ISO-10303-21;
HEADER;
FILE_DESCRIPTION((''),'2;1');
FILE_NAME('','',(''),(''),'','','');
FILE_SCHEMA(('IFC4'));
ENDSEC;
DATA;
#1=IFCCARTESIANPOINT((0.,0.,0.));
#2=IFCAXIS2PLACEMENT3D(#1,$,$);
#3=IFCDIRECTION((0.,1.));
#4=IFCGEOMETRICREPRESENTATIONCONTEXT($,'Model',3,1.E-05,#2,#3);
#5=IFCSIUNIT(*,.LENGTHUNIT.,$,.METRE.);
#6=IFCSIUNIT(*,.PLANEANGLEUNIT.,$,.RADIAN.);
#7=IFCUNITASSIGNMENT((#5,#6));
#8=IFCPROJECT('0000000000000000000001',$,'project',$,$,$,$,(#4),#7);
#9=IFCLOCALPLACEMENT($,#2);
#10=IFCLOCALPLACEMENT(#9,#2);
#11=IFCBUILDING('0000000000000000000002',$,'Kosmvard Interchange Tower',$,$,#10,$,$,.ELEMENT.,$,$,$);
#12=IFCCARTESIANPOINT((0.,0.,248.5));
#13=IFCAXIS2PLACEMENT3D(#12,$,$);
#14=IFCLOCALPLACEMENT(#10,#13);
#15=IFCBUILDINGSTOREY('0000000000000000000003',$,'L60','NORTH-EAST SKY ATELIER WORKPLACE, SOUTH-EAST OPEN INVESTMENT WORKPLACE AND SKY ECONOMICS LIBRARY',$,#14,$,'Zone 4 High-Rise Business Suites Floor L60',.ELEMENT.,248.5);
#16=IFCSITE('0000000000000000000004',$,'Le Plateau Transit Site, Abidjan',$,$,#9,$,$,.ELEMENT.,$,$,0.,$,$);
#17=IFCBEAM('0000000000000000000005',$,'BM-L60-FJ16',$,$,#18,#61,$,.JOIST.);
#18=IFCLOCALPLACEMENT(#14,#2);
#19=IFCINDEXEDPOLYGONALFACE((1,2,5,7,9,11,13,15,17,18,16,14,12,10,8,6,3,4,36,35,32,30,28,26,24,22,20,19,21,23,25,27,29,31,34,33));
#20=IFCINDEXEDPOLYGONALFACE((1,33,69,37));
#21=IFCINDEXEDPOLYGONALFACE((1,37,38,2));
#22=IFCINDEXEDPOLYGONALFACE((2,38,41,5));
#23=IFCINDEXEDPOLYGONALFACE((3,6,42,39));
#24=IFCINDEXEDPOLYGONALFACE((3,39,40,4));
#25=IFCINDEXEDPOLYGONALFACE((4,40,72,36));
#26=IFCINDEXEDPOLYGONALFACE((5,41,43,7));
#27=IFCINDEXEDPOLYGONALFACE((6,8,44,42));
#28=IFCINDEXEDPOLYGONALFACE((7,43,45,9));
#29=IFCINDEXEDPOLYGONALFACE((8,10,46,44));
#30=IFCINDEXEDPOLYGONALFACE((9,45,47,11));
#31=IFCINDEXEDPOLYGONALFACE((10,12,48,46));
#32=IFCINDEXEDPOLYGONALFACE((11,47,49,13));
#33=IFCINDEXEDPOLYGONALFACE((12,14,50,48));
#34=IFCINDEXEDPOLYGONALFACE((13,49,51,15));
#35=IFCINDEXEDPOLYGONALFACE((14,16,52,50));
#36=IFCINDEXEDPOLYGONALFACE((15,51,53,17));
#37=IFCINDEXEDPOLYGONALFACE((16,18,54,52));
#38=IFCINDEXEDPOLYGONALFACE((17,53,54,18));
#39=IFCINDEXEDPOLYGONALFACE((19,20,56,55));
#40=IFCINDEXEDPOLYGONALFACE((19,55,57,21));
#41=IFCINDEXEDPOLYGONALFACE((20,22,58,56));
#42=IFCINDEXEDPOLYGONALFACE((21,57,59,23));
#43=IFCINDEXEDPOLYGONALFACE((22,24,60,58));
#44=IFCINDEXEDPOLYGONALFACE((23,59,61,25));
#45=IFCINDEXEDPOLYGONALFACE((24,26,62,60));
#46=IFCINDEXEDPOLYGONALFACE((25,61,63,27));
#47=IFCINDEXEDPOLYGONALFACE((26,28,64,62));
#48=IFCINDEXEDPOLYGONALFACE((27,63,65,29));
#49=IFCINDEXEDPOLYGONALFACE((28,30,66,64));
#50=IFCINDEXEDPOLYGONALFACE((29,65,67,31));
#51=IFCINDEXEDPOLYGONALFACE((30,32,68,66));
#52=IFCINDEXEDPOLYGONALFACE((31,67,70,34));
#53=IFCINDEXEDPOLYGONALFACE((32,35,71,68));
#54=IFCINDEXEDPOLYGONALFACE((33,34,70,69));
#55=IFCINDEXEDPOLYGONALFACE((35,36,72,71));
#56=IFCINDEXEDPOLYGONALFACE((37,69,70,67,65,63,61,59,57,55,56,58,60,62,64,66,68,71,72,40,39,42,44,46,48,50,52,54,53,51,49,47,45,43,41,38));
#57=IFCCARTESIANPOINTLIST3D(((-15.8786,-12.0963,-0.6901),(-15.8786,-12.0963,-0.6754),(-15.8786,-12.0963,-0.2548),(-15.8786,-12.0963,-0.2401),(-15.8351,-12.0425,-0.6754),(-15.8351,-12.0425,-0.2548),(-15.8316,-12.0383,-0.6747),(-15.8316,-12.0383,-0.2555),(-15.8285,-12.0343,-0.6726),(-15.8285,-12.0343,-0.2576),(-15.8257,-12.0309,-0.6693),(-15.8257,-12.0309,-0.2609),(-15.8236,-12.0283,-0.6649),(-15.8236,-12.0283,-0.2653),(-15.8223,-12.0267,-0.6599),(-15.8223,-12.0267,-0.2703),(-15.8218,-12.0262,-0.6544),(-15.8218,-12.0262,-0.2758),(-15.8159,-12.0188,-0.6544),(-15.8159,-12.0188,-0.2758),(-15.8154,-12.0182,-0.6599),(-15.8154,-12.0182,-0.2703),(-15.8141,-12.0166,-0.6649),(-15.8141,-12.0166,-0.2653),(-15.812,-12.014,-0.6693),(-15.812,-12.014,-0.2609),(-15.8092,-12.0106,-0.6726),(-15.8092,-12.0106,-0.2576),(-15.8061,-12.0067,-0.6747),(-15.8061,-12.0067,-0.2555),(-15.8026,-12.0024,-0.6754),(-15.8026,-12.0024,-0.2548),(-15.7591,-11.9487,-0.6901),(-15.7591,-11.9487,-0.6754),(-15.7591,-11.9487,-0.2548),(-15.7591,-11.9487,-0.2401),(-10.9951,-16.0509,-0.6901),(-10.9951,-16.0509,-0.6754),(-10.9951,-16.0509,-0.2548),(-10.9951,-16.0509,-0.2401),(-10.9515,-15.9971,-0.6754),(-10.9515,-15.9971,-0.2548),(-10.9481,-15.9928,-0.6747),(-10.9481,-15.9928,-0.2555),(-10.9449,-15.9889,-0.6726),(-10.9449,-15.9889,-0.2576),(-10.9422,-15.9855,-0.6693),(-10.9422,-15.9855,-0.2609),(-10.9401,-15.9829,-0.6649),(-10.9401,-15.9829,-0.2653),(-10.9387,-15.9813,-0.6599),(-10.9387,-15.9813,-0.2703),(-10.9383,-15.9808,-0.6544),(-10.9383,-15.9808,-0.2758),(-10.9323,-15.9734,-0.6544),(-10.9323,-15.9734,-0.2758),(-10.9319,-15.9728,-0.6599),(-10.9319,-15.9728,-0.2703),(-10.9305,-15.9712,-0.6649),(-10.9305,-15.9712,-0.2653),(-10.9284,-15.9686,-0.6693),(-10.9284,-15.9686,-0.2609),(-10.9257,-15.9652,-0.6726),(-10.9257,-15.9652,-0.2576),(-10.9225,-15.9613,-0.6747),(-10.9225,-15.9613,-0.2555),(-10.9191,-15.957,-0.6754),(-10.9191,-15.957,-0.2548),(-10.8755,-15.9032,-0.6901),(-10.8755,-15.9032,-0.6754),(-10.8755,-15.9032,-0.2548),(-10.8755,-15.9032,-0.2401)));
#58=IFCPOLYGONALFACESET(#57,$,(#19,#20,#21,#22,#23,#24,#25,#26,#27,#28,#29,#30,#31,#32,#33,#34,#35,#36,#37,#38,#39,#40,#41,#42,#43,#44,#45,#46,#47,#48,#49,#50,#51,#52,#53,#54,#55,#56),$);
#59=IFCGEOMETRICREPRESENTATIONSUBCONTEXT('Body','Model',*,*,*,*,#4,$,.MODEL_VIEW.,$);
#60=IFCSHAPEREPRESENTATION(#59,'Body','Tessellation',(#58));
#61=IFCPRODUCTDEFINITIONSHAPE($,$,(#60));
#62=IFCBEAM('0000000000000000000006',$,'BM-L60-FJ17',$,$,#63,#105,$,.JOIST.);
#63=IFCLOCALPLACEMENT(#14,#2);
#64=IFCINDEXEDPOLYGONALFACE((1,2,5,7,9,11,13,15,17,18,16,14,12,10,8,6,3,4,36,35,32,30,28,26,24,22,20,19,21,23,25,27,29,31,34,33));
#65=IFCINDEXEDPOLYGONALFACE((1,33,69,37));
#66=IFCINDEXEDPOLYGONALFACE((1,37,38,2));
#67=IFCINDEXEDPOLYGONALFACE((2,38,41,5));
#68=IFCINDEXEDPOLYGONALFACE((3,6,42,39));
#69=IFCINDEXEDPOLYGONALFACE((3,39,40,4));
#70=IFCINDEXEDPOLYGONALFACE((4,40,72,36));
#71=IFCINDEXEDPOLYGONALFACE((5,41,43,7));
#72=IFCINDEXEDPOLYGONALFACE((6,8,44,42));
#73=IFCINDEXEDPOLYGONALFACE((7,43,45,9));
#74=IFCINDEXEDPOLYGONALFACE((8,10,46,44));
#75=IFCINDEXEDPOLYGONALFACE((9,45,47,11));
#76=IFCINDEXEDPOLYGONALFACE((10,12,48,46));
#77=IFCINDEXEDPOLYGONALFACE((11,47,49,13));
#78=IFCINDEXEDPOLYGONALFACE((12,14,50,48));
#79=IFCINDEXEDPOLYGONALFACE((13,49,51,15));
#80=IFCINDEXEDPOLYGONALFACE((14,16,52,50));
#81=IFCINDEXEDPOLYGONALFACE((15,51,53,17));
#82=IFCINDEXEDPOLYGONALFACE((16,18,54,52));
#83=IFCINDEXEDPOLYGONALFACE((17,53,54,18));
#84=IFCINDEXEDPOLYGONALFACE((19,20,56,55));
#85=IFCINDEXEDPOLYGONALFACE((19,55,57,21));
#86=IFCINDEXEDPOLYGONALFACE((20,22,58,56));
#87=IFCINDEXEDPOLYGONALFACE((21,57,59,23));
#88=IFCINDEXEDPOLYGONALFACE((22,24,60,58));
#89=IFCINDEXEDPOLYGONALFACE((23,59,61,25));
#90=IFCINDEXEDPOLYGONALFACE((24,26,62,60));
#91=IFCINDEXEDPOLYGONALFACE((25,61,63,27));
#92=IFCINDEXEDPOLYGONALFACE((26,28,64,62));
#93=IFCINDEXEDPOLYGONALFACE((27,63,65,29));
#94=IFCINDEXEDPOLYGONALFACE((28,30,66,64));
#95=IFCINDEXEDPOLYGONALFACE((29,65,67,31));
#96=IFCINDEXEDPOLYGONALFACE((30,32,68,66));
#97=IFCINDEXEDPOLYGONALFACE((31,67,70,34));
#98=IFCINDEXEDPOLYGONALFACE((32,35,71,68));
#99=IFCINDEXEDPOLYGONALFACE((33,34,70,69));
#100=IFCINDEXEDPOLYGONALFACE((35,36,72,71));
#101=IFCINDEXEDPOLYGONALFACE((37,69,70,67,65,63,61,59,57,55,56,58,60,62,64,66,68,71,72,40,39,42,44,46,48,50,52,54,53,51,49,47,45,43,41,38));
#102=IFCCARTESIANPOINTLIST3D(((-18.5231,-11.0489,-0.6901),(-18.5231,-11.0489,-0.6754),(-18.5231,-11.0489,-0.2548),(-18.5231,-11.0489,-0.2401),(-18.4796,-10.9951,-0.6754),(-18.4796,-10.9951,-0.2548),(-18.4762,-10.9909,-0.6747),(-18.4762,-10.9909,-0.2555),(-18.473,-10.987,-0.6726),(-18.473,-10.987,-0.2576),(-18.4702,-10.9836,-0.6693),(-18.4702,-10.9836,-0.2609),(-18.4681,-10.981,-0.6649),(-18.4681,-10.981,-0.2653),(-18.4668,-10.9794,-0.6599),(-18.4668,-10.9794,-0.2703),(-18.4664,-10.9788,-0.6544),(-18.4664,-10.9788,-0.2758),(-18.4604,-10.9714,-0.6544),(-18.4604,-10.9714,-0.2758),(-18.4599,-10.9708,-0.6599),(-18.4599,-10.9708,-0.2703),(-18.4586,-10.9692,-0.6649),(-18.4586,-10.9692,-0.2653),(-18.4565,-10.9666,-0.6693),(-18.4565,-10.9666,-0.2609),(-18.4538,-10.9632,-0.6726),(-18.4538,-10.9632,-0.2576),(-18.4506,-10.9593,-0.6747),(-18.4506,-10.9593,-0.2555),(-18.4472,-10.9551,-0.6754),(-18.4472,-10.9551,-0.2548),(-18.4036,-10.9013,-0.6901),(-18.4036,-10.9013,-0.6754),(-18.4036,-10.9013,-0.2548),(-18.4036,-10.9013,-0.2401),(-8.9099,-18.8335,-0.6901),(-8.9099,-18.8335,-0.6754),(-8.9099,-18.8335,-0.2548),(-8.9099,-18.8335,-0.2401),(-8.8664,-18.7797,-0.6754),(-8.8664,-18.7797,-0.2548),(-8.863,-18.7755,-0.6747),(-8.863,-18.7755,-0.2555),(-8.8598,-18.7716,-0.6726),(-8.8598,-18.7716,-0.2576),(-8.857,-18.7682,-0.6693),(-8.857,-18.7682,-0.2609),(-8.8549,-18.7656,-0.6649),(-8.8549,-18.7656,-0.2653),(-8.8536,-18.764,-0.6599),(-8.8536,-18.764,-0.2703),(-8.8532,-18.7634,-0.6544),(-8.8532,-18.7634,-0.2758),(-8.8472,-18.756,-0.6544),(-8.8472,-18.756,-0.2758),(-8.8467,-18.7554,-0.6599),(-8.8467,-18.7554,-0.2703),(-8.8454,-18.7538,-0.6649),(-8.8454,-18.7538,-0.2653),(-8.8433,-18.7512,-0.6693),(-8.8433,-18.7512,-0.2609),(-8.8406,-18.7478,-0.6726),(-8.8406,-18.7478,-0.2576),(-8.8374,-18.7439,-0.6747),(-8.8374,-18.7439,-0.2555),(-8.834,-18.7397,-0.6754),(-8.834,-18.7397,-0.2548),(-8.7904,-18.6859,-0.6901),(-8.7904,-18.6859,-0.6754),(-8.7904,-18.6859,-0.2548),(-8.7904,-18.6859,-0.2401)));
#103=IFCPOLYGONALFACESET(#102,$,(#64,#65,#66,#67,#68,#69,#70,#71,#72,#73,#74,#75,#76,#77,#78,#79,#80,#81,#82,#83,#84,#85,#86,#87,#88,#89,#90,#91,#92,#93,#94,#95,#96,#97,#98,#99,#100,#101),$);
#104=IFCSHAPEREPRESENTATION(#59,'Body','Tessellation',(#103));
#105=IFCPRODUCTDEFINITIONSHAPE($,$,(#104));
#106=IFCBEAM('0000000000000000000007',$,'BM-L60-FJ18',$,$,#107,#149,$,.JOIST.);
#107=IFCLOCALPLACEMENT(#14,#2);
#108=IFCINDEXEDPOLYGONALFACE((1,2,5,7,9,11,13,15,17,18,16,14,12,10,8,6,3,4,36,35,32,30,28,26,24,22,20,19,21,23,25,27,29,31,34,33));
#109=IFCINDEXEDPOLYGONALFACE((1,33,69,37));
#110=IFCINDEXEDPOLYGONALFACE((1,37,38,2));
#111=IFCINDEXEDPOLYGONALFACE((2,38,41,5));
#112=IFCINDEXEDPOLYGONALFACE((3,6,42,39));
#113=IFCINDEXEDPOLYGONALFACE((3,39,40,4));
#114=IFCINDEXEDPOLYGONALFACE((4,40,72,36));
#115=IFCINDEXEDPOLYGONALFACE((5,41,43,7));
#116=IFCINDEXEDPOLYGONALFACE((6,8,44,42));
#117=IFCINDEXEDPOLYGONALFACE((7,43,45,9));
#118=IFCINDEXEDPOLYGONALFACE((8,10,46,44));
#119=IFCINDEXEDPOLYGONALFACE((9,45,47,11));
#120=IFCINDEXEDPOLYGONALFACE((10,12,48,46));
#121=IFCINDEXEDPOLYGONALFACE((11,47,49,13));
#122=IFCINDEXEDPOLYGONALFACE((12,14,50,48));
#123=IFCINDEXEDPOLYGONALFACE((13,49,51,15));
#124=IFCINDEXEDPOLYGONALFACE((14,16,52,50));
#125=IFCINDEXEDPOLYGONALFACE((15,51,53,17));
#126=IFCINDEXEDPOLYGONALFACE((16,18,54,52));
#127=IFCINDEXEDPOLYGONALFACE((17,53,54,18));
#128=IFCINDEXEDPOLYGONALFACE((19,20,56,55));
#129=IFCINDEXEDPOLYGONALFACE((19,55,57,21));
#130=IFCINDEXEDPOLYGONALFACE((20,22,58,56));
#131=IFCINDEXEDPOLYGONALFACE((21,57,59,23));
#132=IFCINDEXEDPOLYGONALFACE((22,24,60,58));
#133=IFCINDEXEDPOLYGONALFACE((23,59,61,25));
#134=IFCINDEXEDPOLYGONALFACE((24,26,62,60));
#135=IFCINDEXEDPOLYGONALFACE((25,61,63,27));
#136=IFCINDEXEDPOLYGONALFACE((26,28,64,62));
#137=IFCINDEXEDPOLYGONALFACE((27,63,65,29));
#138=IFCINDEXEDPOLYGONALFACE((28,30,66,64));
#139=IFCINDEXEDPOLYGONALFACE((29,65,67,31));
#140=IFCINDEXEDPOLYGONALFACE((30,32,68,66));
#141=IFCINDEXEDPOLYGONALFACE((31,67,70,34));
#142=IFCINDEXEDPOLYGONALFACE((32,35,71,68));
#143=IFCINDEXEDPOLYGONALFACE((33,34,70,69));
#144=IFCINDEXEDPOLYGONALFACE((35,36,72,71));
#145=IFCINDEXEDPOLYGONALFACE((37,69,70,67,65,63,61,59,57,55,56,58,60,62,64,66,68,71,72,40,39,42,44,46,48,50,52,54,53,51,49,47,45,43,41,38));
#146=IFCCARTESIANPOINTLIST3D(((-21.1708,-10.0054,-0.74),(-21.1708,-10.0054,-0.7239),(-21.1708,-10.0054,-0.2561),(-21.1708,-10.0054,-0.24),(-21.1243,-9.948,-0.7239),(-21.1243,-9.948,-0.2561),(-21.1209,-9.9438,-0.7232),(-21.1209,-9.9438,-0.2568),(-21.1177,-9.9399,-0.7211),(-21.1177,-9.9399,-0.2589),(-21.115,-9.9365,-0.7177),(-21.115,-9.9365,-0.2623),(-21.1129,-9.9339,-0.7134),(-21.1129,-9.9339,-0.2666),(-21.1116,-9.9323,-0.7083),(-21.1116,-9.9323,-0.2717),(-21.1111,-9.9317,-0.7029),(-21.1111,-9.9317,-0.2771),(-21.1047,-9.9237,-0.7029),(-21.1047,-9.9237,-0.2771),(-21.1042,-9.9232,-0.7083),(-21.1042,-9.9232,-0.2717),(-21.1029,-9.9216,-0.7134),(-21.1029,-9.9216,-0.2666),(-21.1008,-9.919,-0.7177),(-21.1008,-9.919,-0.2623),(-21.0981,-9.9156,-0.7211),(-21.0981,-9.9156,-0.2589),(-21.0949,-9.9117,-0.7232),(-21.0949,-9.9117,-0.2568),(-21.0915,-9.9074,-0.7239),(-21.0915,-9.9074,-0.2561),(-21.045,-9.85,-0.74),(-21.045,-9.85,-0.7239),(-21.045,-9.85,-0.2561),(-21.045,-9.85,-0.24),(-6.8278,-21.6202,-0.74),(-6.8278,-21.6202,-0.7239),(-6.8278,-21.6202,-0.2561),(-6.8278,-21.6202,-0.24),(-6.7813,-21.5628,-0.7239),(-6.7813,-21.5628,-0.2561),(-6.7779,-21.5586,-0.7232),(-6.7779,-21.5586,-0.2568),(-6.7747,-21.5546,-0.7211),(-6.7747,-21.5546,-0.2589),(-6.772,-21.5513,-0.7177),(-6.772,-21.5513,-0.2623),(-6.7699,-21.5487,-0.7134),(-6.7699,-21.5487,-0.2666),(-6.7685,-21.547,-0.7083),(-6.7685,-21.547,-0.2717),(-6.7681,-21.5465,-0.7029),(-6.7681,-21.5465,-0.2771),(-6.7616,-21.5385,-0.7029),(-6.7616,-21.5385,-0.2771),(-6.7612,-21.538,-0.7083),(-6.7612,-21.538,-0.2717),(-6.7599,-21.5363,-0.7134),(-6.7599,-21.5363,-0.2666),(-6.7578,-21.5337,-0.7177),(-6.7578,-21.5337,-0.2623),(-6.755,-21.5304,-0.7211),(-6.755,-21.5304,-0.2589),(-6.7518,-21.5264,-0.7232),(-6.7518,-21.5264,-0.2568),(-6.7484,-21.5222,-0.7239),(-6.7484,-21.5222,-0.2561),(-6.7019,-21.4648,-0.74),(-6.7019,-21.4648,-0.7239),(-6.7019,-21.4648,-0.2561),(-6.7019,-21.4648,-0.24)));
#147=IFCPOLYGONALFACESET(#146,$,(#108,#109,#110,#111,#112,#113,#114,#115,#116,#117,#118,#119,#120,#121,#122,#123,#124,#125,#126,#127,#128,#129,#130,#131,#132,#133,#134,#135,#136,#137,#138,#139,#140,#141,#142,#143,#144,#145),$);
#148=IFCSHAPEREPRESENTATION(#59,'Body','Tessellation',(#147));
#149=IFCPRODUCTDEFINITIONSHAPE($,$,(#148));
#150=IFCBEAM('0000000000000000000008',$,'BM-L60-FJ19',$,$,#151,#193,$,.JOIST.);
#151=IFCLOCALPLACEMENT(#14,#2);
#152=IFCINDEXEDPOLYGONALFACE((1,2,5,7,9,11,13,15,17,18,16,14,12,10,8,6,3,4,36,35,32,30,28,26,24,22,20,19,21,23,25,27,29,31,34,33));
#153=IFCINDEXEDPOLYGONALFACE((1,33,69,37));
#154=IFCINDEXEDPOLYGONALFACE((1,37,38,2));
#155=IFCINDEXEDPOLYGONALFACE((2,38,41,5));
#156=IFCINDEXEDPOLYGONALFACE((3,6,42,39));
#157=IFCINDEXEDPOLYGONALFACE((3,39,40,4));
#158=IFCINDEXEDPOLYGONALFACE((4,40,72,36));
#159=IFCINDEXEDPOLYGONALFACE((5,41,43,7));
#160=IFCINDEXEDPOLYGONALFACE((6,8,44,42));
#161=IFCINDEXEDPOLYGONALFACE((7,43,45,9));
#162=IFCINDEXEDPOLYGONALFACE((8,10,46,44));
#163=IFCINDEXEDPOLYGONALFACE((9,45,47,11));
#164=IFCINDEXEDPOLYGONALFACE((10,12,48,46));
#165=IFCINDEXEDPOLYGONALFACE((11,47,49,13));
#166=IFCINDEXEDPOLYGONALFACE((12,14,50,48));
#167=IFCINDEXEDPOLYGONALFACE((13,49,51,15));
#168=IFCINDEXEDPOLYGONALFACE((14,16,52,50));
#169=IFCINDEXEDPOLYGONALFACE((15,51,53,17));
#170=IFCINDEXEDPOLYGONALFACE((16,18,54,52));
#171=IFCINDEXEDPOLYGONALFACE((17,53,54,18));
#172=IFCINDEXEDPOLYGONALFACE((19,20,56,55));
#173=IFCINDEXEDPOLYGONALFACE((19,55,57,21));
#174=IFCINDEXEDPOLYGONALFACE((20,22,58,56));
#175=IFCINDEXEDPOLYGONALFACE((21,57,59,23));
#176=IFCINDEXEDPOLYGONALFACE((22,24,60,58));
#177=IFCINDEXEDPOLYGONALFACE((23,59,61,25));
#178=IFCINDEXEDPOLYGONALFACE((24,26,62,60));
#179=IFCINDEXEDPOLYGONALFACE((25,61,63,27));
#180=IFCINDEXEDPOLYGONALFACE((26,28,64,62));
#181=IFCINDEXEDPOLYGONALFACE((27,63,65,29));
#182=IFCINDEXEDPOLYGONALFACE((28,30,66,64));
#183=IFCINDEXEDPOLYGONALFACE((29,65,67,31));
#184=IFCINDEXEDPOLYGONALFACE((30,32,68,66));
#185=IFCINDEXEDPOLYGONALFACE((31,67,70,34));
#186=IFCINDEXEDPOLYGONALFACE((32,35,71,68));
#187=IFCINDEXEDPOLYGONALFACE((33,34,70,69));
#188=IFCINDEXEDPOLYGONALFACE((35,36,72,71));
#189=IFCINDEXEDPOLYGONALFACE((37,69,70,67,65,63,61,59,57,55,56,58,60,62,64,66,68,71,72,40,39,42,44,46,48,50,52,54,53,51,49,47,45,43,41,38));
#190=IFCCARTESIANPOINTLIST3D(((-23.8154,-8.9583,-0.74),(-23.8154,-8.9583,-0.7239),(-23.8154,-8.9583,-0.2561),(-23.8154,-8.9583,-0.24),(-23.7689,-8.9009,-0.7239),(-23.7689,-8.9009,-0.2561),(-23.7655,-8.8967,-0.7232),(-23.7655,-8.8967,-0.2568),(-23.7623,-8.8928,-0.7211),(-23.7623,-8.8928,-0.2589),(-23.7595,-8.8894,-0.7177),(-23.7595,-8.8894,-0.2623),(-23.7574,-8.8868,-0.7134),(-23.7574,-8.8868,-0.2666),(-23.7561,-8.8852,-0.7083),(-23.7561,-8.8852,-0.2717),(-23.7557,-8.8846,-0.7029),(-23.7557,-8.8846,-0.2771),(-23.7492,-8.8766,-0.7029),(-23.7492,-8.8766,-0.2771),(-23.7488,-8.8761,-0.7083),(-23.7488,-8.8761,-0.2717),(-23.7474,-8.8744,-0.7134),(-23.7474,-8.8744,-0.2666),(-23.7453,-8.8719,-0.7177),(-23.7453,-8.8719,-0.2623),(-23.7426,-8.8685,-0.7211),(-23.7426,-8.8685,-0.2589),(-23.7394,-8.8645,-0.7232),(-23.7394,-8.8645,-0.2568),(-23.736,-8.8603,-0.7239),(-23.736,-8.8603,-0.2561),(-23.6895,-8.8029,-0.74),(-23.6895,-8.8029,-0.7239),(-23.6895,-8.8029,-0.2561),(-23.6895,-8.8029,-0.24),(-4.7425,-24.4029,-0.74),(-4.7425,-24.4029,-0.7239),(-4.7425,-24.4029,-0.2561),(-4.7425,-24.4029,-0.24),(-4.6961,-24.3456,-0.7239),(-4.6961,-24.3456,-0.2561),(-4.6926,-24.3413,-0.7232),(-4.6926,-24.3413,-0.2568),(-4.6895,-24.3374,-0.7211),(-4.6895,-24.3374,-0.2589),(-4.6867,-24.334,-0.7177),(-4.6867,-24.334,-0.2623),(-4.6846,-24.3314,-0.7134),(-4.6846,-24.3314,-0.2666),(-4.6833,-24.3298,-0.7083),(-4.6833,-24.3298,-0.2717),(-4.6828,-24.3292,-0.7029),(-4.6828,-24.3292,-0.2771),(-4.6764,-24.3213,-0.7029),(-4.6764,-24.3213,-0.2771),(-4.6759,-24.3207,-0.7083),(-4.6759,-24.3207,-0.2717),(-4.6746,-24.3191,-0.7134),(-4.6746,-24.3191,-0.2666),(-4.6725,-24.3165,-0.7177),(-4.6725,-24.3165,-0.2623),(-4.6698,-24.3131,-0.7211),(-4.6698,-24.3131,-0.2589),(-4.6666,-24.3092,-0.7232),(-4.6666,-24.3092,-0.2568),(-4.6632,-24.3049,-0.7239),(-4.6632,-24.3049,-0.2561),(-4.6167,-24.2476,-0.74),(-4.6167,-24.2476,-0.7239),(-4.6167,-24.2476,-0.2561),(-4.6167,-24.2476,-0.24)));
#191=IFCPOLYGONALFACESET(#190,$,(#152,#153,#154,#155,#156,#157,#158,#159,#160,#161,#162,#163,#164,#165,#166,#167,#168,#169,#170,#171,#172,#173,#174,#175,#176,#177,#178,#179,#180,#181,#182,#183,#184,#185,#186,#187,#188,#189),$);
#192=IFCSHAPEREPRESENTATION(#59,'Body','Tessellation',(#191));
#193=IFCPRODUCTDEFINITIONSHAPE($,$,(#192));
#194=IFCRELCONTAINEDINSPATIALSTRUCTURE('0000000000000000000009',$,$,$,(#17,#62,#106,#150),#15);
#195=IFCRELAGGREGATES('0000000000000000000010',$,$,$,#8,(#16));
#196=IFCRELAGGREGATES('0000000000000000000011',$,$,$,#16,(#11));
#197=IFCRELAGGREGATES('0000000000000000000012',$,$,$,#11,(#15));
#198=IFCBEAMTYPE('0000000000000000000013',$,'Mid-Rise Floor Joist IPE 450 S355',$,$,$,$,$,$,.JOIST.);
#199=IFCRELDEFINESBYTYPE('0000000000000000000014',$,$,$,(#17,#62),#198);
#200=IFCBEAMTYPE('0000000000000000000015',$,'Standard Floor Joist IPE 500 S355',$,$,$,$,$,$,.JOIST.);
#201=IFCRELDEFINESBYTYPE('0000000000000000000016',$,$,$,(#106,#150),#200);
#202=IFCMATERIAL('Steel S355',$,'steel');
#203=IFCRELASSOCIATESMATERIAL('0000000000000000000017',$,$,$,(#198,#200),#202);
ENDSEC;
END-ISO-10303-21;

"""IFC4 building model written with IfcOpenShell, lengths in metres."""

from ifc_helpers import new_model, si_unit, direction, frame, origin, origin_2d, place, context, subcontext, project, spatial, i_section, extrude, source, transform, mapped, material, material_profile, profile_set, type_object, element, save


model = new_model("IFC4")

# Units and contexts
model_context = context("Model", 3, precision=1e-05, world=origin(), true_north=direction((0.0, 1.0)))
body_context = subcontext(model_context, "Body", "Model", "MODEL_VIEW")
ifc_project = project(units=[si_unit("LENGTHUNIT", "METRE"), si_unit("PLANEANGLEUNIT", "RADIAN")], contexts=[model_context])

# Site, building, storey
site_placement = place(None, origin())
site = spatial("IfcSite", under=ifc_project, at=site_placement, Name="Le Plateau Transit Site, Abidjan", CompositionType="ELEMENT", RefElevation=0.0)
building_placement = place(site_placement, origin())
building = spatial("IfcBuilding", under=site, at=building_placement, Name="Kosmvard Interchange Tower", CompositionType="ELEMENT")
storey_placement = place(building_placement, frame((0.0, 0.0, 248.5)))
storey = spatial("IfcBuildingStorey", under=building, at=storey_placement, Name="L60", Description="NORTH-EAST SKY ATELIER WORKPLACE, SOUTH-EAST OPEN INVESTMENT WORKPLACE AND SKY ECONOMICS LIBRARY", LongName="Zone 4 High-Rise Business Suites Floor L60", CompositionType="ELEMENT", Elevation=248.5)

# Beams
ifc_material_1 = material(Name="Steel S355", Category="steel")
ifc_material_profile_1 = material_profile(ifc_material_1, i_section(OverallWidth=0.1899, OverallDepth=0.45, WebThickness=0.0095, FlangeThickness=0.0146, FilletRadius=0.021, at=origin_2d()), Name="IPE 450")
ifc_profile_set_1 = profile_set([ifc_material_profile_1], Name="Steel S355")
beam_type_1 = type_object("IfcBeamType", Name="Mid-Rise Floor Joist IPE 450 S355", PredefinedType="JOIST", material=ifc_profile_set_1)
shared_shape_1 = source(origin(), body_context, "Body", "SweptSolid", [
    extrude(i_section(OverallWidth=0.1899, OverallDepth=0.45, WebThickness=0.0095, FlangeThickness=0.0146, FilletRadius=0.021, at=origin_2d()), origin(), (0.0, 0.0, 1.0), 6.2839),
])
beam_1_placement = place(storey_placement, frame((-15.8188, -12.0225, -0.4651), z_axis=(0.777148, -0.629318, 0.0), x_axis=(0.629318, 0.777148, 0.0)))
element("IfcBeam", 1, at=beam_1_placement, inside=storey, type_object=beam_type_1, Name="BM-L60-FJ16", PredefinedType="JOIST", context=body_context, shape_type="MappedRepresentation", body=[
    mapped(shared_shape_1, transform((0.0, 0.0, 0.0), scale=1.0)),
])
shared_shape_2 = source(origin(), body_context, "Body", "SweptSolid", [
    extrude(i_section(OverallWidth=0.1899, OverallDepth=0.45, WebThickness=0.0095, FlangeThickness=0.0146, FilletRadius=0.021, at=origin_2d()), origin(), (0.0, 0.0, 1.0), 12.3699),
])
beam_2_placement = place(storey_placement, frame((-18.4634, -10.9751, -0.4651), z_axis=(0.777147, -0.62932, 0.0), x_axis=(0.62932, 0.777147, 0.0)))
element("IfcBeam", 2, at=beam_2_placement, inside=storey, type_object=beam_type_1, Name="BM-L60-FJ17", PredefinedType="JOIST", context=body_context, shape_type="MappedRepresentation", body=[
    mapped(shared_shape_2, transform((0.0, 0.0, 0.0), scale=1.0)),
])
ifc_material_profile_2 = material_profile(ifc_material_1, i_section(OverallWidth=0.2, OverallDepth=0.5, WebThickness=0.0103, FlangeThickness=0.0161, FilletRadius=0.021, at=origin_2d()), Name="IPE 500")
ifc_profile_set_2 = profile_set([ifc_material_profile_2], Name="Steel S355")
beam_type_2 = type_object("IfcBeamType", Name="Standard Floor Joist IPE 500 S355", PredefinedType="JOIST", material=ifc_profile_set_2)
shared_shape_3 = source(origin(), body_context, "Body", "SweptSolid", [
    extrude(i_section(OverallWidth=0.2, OverallDepth=0.5, WebThickness=0.0103, FlangeThickness=0.0161, FilletRadius=0.021, at=origin_2d()), origin(), (0.0, 0.0, 1.0), 18.4561),
])
beam_3_placement = place(storey_placement, frame((-21.1079, -9.9277, -0.49), z_axis=(0.777146, -0.62932, 0.0), x_axis=(0.62932, 0.777146, 0.0)))
element("IfcBeam", 3, at=beam_3_placement, inside=storey, type_object=beam_type_2, Name="BM-L60-FJ18", PredefinedType="JOIST", context=body_context, shape_type="MappedRepresentation", body=[
    mapped(shared_shape_3, transform((0.0, 0.0, 0.0), scale=1.0)),
])
shared_shape_4 = source(origin(), body_context, "Body", "SweptSolid", [
    extrude(i_section(OverallWidth=0.2, OverallDepth=0.5, WebThickness=0.0103, FlangeThickness=0.0161, FilletRadius=0.021, at=origin_2d()), origin(), (0.0, 0.0, 1.0), 24.542),
])
beam_4_placement = place(storey_placement, frame((-23.7524, -8.8806, -0.49), z_axis=(0.777151, -0.629315, 0.0), x_axis=(0.629315, 0.777151, 0.0)))
element("IfcBeam", 4, at=beam_4_placement, inside=storey, type_object=beam_type_2, Name="BM-L60-FJ19", PredefinedType="JOIST", context=body_context, shape_type="MappedRepresentation", body=[
    mapped(shared_shape_4, transform((0.0, 0.0, 0.0), scale=1.0)),
])

save(model, "model.ifc")
